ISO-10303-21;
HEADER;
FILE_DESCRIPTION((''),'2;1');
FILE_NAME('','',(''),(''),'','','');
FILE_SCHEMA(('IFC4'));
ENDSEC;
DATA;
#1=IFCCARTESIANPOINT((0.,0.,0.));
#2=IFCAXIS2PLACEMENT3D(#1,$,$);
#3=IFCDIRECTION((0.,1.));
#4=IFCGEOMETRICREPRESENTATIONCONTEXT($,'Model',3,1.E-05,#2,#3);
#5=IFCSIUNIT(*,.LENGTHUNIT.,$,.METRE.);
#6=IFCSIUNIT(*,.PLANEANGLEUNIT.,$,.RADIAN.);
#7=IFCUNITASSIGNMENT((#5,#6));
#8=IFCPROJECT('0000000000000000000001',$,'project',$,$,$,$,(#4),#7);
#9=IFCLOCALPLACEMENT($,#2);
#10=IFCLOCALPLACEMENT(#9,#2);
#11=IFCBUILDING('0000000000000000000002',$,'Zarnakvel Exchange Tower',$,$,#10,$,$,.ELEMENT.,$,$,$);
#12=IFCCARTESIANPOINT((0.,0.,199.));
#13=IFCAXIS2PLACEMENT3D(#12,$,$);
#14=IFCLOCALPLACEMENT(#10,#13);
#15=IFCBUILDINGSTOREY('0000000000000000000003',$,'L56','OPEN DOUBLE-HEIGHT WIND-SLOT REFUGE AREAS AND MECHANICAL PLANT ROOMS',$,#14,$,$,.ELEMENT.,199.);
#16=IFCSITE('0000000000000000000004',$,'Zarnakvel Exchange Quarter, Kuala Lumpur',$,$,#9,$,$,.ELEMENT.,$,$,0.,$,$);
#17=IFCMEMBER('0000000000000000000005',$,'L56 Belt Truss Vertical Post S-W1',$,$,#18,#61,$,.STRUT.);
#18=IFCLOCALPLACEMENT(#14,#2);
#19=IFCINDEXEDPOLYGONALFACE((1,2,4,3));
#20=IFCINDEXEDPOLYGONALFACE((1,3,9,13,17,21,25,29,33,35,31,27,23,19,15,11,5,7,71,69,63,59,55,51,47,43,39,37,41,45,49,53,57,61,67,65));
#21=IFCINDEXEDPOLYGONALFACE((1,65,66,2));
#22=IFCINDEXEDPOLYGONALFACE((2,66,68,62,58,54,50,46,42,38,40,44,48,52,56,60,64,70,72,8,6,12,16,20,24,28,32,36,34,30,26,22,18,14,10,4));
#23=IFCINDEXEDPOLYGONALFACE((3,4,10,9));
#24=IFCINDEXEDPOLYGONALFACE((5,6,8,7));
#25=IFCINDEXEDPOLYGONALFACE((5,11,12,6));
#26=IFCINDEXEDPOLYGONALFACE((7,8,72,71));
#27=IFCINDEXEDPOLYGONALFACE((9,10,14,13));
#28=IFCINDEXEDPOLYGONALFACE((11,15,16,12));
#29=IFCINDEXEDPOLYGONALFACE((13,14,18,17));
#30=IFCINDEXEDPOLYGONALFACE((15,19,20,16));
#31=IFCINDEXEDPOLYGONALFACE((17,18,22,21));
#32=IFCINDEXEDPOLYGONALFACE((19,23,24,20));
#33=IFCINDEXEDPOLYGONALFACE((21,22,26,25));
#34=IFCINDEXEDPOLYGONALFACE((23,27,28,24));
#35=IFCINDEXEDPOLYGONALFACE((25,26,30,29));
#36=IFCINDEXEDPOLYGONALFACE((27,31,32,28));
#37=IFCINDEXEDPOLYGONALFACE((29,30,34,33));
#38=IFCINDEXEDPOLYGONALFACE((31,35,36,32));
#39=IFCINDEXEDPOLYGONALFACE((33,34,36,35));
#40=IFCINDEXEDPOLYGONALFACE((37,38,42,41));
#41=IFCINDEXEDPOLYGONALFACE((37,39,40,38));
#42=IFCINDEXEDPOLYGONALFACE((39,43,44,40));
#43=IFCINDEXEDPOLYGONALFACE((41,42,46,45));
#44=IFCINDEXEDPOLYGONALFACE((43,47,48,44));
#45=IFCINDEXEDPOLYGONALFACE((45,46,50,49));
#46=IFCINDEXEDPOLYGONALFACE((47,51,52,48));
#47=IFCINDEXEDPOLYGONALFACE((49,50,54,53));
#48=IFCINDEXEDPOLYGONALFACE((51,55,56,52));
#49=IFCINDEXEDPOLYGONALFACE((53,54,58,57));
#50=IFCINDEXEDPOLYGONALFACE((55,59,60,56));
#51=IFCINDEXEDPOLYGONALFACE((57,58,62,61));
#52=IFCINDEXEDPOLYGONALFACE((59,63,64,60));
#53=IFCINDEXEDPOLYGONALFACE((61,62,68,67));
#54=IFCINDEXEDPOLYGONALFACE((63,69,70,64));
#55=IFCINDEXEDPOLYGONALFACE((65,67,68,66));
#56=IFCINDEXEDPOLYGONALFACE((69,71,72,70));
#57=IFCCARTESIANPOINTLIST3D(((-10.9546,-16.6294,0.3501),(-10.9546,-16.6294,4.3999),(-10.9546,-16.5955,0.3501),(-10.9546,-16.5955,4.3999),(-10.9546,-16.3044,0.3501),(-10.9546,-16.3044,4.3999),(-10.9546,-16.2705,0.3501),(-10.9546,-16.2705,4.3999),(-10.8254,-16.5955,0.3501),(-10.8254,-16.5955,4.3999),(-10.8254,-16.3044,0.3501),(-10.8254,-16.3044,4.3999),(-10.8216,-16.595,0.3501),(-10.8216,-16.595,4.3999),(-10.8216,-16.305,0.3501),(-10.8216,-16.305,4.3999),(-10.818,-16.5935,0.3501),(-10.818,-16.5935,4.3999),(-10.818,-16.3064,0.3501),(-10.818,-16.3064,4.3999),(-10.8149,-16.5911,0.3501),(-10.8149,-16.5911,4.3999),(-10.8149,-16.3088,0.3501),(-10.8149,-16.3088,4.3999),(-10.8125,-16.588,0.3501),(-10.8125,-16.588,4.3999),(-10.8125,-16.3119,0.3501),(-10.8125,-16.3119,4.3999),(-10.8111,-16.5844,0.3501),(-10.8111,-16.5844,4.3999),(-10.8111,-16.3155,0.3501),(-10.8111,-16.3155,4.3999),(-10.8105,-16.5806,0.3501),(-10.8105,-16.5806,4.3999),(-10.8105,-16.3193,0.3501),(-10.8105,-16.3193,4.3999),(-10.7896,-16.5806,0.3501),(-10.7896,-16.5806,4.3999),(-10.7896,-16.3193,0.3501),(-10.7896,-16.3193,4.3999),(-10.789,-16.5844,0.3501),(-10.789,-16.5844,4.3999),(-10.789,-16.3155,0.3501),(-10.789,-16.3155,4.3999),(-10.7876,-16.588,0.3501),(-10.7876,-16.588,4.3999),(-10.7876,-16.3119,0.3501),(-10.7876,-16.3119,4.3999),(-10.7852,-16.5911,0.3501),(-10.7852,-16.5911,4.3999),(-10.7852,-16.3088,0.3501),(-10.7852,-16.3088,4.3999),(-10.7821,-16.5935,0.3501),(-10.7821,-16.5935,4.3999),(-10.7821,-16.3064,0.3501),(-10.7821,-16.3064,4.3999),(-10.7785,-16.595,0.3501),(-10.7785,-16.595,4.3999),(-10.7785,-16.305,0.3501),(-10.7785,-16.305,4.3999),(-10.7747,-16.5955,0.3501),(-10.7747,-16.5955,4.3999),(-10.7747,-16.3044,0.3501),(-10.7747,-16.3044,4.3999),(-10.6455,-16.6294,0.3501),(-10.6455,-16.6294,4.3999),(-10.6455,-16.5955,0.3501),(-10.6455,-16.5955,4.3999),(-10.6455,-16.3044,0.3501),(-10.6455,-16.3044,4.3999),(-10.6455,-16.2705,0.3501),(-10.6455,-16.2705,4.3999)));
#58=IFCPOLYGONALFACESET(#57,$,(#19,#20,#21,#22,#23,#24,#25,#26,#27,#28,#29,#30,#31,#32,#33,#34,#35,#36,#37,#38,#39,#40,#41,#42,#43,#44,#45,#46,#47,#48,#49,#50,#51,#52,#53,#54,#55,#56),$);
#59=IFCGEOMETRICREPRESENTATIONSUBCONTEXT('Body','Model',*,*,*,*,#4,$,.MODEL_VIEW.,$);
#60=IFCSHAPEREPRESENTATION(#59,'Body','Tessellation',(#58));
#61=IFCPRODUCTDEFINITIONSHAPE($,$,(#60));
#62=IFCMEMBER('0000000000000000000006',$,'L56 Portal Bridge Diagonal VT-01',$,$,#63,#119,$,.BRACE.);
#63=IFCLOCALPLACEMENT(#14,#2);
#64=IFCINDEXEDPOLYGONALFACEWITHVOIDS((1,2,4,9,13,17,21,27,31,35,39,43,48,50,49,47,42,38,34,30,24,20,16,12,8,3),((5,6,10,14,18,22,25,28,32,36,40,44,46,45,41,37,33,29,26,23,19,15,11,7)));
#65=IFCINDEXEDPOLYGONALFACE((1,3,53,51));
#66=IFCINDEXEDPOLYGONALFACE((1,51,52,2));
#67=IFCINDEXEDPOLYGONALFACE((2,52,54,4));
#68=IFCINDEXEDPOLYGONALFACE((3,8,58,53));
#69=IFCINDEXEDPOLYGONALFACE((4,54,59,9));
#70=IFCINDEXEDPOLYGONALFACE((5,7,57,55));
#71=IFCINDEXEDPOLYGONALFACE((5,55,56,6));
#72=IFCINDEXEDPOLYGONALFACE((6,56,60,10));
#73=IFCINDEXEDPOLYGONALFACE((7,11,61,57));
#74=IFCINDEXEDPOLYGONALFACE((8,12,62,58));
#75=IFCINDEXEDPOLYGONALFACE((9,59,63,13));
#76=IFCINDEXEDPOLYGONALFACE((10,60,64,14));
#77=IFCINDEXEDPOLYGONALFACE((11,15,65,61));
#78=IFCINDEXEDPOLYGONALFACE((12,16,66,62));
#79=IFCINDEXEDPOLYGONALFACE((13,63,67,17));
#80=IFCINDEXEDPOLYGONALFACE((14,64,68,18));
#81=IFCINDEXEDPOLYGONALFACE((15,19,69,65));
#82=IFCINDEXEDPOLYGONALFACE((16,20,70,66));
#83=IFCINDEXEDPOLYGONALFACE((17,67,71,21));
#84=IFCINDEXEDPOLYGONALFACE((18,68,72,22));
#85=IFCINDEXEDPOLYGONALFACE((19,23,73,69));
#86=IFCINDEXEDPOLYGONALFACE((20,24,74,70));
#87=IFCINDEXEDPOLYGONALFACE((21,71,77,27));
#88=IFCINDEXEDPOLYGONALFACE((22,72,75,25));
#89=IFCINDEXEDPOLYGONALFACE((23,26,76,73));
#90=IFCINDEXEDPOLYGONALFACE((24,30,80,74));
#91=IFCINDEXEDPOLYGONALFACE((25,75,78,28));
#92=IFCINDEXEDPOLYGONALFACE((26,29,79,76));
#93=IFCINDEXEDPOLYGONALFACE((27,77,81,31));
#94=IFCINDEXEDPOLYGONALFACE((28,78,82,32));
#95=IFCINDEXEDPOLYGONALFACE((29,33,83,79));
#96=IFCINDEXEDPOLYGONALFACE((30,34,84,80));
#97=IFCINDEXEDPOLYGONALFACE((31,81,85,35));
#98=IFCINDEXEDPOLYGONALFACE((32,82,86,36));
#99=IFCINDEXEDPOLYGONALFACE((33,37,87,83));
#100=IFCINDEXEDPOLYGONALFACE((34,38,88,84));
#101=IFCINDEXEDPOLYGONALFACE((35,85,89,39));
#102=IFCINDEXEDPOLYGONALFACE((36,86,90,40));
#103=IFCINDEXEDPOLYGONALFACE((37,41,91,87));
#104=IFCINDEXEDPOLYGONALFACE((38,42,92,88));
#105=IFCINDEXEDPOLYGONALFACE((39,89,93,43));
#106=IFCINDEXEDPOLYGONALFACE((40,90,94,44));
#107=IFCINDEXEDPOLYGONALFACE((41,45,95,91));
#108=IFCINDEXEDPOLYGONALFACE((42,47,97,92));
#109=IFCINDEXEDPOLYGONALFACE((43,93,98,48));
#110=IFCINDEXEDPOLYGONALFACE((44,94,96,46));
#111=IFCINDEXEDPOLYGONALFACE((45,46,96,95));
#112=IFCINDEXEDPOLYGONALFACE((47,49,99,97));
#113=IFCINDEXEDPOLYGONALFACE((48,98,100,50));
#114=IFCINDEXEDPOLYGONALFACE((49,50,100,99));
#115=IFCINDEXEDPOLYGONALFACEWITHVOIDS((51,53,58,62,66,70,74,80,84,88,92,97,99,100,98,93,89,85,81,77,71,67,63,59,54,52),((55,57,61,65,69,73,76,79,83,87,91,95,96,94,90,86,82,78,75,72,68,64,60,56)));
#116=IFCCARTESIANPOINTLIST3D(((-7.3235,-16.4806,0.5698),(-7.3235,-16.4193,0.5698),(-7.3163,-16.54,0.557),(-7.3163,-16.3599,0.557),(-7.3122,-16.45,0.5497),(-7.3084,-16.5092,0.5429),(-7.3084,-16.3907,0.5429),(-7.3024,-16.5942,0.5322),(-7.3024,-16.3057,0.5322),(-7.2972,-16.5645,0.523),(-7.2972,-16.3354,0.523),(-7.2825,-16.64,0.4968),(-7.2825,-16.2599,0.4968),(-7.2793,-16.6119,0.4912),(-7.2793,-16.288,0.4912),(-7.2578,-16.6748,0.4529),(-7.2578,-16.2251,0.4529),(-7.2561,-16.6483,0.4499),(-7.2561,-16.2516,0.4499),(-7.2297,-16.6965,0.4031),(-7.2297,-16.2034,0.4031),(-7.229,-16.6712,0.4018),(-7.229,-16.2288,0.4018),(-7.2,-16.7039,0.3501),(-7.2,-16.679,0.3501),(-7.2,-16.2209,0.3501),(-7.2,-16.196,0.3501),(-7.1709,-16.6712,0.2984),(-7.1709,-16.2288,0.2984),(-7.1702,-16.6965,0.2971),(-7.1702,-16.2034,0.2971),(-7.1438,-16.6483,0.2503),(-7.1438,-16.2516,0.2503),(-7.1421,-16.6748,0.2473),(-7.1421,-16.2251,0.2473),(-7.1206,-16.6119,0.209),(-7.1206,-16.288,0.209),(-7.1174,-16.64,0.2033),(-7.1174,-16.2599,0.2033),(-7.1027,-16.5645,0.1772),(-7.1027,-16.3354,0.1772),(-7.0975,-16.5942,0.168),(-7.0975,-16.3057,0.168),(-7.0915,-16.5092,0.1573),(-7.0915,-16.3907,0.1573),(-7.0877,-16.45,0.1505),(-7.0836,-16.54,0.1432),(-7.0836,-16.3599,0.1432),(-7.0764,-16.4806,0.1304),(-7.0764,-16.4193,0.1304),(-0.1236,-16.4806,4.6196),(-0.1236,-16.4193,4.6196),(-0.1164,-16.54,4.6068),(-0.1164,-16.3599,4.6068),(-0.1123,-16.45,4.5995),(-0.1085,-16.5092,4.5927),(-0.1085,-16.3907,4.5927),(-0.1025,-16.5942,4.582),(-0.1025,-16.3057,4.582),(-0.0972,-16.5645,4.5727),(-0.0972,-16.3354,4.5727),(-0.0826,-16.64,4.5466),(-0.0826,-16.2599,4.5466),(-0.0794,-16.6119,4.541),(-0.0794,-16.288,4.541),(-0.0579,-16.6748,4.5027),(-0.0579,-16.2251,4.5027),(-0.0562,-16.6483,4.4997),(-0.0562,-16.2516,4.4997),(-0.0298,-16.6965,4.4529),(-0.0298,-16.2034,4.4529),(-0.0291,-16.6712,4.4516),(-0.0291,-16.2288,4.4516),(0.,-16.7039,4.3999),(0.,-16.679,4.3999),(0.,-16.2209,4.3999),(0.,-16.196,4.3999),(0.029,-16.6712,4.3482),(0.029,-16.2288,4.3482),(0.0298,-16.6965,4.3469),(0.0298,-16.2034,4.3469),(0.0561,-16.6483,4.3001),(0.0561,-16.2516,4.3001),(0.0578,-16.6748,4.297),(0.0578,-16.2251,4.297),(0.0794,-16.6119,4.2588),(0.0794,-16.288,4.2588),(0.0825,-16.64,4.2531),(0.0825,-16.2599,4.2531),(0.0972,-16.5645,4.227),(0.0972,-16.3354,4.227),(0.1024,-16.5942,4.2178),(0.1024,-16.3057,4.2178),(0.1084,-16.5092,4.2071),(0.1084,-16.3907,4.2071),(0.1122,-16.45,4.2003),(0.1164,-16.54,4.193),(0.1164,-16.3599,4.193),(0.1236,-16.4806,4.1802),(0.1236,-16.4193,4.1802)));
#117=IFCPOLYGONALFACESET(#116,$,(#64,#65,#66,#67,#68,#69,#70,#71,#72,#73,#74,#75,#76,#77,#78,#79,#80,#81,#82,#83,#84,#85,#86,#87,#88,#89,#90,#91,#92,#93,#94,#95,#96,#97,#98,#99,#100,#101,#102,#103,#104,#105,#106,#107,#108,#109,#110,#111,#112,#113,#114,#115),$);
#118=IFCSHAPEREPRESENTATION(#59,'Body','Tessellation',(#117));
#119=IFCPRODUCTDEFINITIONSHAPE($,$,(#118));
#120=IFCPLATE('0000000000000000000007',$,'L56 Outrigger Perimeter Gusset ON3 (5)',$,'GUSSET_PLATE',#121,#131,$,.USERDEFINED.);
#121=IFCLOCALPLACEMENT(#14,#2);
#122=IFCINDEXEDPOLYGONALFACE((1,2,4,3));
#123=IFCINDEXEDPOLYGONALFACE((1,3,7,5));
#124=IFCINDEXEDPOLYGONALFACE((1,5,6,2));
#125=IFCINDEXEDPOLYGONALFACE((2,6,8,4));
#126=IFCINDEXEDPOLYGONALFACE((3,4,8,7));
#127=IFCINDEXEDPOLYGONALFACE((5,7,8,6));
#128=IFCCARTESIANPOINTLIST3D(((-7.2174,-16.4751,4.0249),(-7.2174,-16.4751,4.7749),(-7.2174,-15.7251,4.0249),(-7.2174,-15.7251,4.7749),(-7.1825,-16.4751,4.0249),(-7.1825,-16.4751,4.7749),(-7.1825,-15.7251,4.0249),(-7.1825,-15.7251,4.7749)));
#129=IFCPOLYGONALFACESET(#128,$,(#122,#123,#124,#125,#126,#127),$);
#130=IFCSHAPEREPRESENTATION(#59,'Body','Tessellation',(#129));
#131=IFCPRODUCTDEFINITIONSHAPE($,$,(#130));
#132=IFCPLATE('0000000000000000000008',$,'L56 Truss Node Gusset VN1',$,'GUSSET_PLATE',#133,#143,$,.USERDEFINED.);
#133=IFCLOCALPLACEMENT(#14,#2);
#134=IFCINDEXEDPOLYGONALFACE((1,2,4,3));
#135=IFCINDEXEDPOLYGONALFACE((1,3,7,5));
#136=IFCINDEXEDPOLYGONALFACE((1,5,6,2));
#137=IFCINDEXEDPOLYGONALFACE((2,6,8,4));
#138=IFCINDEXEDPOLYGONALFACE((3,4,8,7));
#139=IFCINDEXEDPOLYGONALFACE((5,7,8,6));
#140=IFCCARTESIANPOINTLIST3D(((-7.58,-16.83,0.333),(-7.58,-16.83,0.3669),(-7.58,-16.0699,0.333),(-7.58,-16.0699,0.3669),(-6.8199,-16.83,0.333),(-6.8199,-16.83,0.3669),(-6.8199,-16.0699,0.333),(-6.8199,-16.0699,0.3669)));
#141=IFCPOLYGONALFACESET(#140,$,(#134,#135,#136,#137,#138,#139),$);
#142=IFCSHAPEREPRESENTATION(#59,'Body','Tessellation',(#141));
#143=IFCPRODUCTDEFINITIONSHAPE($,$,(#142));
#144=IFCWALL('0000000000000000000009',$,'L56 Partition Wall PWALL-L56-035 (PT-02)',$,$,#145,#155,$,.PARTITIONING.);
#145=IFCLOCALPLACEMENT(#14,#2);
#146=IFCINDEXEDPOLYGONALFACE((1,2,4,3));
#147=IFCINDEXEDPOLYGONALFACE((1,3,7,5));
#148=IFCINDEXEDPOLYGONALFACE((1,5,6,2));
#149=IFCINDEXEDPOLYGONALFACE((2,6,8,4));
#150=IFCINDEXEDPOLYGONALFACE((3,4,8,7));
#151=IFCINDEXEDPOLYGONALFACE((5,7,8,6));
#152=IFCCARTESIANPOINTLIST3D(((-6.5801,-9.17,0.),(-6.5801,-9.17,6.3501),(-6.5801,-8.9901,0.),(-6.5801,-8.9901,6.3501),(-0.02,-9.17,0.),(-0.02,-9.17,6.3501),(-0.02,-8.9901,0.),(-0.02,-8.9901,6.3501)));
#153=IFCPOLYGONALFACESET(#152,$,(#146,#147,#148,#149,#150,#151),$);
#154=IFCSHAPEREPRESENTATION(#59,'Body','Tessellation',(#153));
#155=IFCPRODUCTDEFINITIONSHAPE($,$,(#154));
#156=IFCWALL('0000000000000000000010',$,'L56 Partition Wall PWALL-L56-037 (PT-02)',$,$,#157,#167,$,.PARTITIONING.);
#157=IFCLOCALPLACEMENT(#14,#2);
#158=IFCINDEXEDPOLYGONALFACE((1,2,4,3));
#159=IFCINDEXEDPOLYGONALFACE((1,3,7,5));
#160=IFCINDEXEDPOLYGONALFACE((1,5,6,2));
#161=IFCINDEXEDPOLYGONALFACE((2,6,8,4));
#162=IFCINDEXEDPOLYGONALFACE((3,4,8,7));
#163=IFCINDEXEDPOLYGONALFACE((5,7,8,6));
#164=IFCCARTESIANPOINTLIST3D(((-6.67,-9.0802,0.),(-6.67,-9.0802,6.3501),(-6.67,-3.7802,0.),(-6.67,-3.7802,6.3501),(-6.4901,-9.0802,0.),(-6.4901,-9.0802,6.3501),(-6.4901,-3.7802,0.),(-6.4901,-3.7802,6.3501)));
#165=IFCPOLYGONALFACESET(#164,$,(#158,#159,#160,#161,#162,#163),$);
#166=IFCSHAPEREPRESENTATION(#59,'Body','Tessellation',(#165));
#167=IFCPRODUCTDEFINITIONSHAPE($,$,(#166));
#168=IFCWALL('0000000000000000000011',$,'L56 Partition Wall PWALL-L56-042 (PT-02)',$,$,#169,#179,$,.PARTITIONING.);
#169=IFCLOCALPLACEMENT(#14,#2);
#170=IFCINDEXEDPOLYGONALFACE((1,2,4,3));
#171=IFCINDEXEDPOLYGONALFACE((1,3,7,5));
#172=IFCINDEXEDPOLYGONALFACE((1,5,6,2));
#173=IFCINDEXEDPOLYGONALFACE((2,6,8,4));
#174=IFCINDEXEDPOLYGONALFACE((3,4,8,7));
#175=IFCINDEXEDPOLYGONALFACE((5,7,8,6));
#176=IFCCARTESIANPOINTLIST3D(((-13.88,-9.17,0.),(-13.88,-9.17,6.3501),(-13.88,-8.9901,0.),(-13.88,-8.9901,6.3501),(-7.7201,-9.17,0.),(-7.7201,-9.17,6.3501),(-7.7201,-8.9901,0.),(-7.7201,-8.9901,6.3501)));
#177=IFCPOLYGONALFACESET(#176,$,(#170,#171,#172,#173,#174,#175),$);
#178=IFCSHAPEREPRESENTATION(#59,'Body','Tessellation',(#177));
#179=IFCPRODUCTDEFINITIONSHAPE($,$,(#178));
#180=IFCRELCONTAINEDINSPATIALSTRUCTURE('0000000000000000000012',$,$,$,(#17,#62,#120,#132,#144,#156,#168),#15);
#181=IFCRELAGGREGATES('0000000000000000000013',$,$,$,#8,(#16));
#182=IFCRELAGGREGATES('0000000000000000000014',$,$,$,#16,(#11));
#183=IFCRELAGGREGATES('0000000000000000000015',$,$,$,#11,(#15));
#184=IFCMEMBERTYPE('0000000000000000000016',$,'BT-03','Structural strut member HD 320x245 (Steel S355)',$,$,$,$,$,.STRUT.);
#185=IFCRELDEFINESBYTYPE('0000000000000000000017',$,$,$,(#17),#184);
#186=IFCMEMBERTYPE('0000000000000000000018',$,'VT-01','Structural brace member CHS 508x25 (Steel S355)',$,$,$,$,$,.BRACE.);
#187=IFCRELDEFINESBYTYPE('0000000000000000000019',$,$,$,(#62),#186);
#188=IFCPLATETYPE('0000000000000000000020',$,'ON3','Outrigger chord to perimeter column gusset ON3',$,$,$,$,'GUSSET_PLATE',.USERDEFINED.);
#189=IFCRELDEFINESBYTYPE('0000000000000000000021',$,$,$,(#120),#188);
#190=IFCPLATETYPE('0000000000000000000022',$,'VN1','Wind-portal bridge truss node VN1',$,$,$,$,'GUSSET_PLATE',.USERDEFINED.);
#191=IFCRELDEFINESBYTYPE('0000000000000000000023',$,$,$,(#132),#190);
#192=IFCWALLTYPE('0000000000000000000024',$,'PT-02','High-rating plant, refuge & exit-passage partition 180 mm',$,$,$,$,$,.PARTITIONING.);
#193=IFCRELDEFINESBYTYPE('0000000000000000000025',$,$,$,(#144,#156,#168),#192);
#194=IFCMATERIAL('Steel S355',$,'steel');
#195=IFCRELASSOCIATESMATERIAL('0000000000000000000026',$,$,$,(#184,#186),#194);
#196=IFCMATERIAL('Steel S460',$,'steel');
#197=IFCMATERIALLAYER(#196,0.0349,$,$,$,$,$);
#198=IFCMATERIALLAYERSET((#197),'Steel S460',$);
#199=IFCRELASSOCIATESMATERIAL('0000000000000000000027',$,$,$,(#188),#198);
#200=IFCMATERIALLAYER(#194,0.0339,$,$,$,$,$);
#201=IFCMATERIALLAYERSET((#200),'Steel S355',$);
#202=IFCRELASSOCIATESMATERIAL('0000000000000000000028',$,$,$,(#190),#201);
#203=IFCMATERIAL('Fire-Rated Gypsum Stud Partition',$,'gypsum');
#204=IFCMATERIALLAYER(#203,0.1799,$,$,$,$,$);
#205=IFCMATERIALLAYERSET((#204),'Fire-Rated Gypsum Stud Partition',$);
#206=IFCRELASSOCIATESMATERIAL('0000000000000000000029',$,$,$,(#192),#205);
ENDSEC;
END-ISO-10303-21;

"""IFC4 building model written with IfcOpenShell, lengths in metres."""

from ifc_helpers import new_model, si_unit, direction, frame, frame_2d, origin, origin_2d, place, context, subcontext, project, spatial, rectangle, hollow_circle, i_section, extrude, source, transform, mapped, material, layer, layer_set, material_profile, profile_set, type_object, element, save


model = new_model("IFC4")

# Units and contexts
model_context = context("Model", 3, precision=1e-05, world=origin(), true_north=direction((0.0, 1.0)))
body_context = subcontext(model_context, "Body", "Model", "MODEL_VIEW")
ifc_project = project(units=[si_unit("LENGTHUNIT", "METRE"), si_unit("PLANEANGLEUNIT", "RADIAN")], contexts=[model_context])

# Site, building, storey
site_placement = place(None, origin())
site = spatial("IfcSite", under=ifc_project, at=site_placement, Name="Zarnakvel Exchange Quarter, Kuala Lumpur", CompositionType="ELEMENT", RefElevation=0.0)
building_placement = place(site_placement, origin())
building = spatial("IfcBuilding", under=site, at=building_placement, Name="Zarnakvel Exchange Tower", CompositionType="ELEMENT")
storey_placement = place(building_placement, frame((0.0, 0.0, 199.0)))
storey = spatial("IfcBuildingStorey", under=building, at=storey_placement, Name="L56", Description="OPEN DOUBLE-HEIGHT WIND-SLOT REFUGE AREAS AND MECHANICAL PLANT ROOMS", CompositionType="ELEMENT", Elevation=199.0)

# Shared definitions
ifc_material_1 = material(Name="Steel S355", Category="steel")
ifc_material_2 = material(Name="Steel S460", Category="steel")

# Members
ifc_material_profile_1 = material_profile(ifc_material_1, i_section(OverallWidth=0.3091, OverallDepth=0.3589, WebThickness=0.021, FlangeThickness=0.0339, FilletRadius=0.0149, at=origin_2d()))
ifc_profile_set_1 = profile_set([ifc_material_profile_1], Name="Steel S355")
member_type_1 = type_object("IfcMemberType", Name="BT-03", Description="Structural strut member HD 320x245 (Steel S355)", PredefinedType="STRUT", material=ifc_profile_set_1)
shared_shape_1 = source(origin(), body_context, "Body", "SweptSolid", [
    extrude(i_section(OverallWidth=0.3091, OverallDepth=0.3589, WebThickness=0.021, FlangeThickness=0.0339, FilletRadius=0.0149, at=origin_2d()), origin(), (0.0, 0.0, 1.0), 4.0498),
])
member_1_placement = place(storey_placement, frame((-10.8, -16.45, 0.3501), z_axis=(0.0, 0.0, 1.0), x_axis=(1.0, 0.0, 0.0)))
element("IfcMember", 1, at=member_1_placement, inside=storey, type_object=member_type_1, Name="L56 Belt Truss Vertical Post S-W1", PredefinedType="STRUT", context=body_context, shape_type="MappedRepresentation", body=[
    mapped(shared_shape_1, transform((0.0, 0.0, 0.0), x_axis=(1.0, 0.0, 0.0), y_axis=(0.0, 1.0, 0.0), z_axis=(0.0, 0.0, 1.0), scale=1.0)),
])
ifc_material_profile_2 = material_profile(ifc_material_1, hollow_circle(Radius=0.2539, WallThickness=0.0249, at=origin_2d()))
ifc_profile_set_2 = profile_set([ifc_material_profile_2], Name="Steel S355")
member_type_2 = type_object("IfcMemberType", Name="VT-01", Description="Structural brace member CHS 508x25 (Steel S355)", PredefinedType="BRACE", material=ifc_profile_set_2)
shared_shape_2 = source(origin(), body_context, "Body", "SweptSolid", [
    extrude(hollow_circle(Radius=0.2539, WallThickness=0.0249, at=origin_2d()), origin(), (0.0, 0.0, 1.0), 8.2607),
])
member_2_placement = place(storey_placement, frame((-7.2, -16.45, 0.3501), z_axis=(0.871584, 0.0, 0.490246), x_axis=(0.0, 1.0, 0.0)))
element("IfcMember", 2, at=member_2_placement, inside=storey, type_object=member_type_2, Name="L56 Portal Bridge Diagonal VT-01", PredefinedType="BRACE", context=body_context, shape_type="MappedRepresentation", body=[
    mapped(shared_shape_2, transform((0.0, 0.0, 0.0), x_axis=(1.0, 0.0, 0.0), y_axis=(0.0, 1.0, 0.0), z_axis=(0.0, 0.0, 1.0), scale=1.0)),
])

# Plates
ifc_layer_1 = layer(ifc_material_2, 0.0349)
ifc_layer_set_1 = layer_set([ifc_layer_1], Name="Steel S460")
plate_type_1 = type_object("IfcPlateType", Name="ON3", Description="Outrigger chord to perimeter column gusset ON3", ElementType="GUSSET_PLATE", PredefinedType="USERDEFINED", material=ifc_layer_set_1)
shared_shape_3 = source(origin(), body_context, "Body", "SweptSolid", [
    extrude(rectangle(XDim=0.0349, YDim=0.75, at=origin_2d()), origin(), (0.0, 0.0, 1.0), 0.75),
])
plate_1_placement = place(storey_placement, frame((-7.2, -16.1001, 4.0249), z_axis=(0.0, 0.0, 1.0), x_axis=(1.0, 0.0, 0.0)))
element("IfcPlate", 3, at=plate_1_placement, inside=storey, type_object=plate_type_1, Name="L56 Outrigger Perimeter Gusset ON3 (5)", ObjectType="GUSSET_PLATE", PredefinedType="USERDEFINED", context=body_context, shape_type="MappedRepresentation", body=[
    mapped(shared_shape_3, transform((0.0, 0.0, 0.0), x_axis=(1.0, 0.0, 0.0), y_axis=(0.0, 1.0, 0.0), z_axis=(0.0, 0.0, 1.0), scale=1.0)),
])
ifc_layer_2 = layer(ifc_material_1, 0.0339)
ifc_layer_set_2 = layer_set([ifc_layer_2], Name="Steel S355")
plate_type_2 = type_object("IfcPlateType", Name="VN1", Description="Wind-portal bridge truss node VN1", ElementType="GUSSET_PLATE", PredefinedType="USERDEFINED", material=ifc_layer_set_2)
shared_shape_4 = source(origin(), body_context, "Body", "SweptSolid", [
    extrude(rectangle(XDim=0.76, YDim=0.76, at=origin_2d()), origin(), (0.0, 0.0, 1.0), 0.0339),
])
plate_2_placement = place(storey_placement, frame((-7.2, -16.45, 0.333), z_axis=(0.0, 0.0, 1.0), x_axis=(1.0, 0.0, 0.0)))
element("IfcPlate", 4, at=plate_2_placement, inside=storey, type_object=plate_type_2, Name="L56 Truss Node Gusset VN1", ObjectType="GUSSET_PLATE", PredefinedType="USERDEFINED", context=body_context, shape_type="MappedRepresentation", body=[
    mapped(shared_shape_4, transform((0.0, 0.0, 0.0), x_axis=(1.0, 0.0, 0.0), y_axis=(0.0, 1.0, 0.0), z_axis=(0.0, 0.0, 1.0), scale=1.0)),
])

# Walls
ifc_material_3 = material(Name="Fire-Rated Gypsum Stud Partition", Category="gypsum")
ifc_layer_3 = layer(ifc_material_3, 0.1799)
ifc_layer_set_3 = layer_set([ifc_layer_3], Name="Fire-Rated Gypsum Stud Partition")
wall_type = type_object("IfcWallType", Name="PT-02", Description="High-rating plant, refuge & exit-passage partition 180 mm", PredefinedType="PARTITIONING", material=ifc_layer_set_3)
wall_1_placement = place(storey_placement, frame((-0.02, -9.0801, 0.0), z_axis=(0.0, 0.0, 1.0), x_axis=(-1.0, 0.0, 0.0)))
element("IfcWall", 5, at=wall_1_placement, inside=storey, type_object=wall_type, Name="L56 Partition Wall PWALL-L56-035 (PT-02)", PredefinedType="PARTITIONING", context=body_context, shape_type="SweptSolid", body=[
    extrude(rectangle(XDim=6.5601, YDim=0.1799, at=frame_2d((3.28, 0.0))), origin(), (0.0, 0.0, 1.0), 6.3501),
])
wall_2_placement = place(storey_placement, frame((-6.5801, -9.0801, 0.0), z_axis=(0.0, 0.0, 1.0), x_axis=(0.0, 1.0, 0.0)))
element("IfcWall", 6, at=wall_2_placement, inside=storey, type_object=wall_type, Name="L56 Partition Wall PWALL-L56-037 (PT-02)", PredefinedType="PARTITIONING", context=body_context, shape_type="SweptSolid", body=[
    extrude(rectangle(XDim=5.3, YDim=0.1799, at=frame_2d((2.6499, 0.0))), origin(), (0.0, 0.0, 1.0), 6.3501),
])
wall_3_placement = place(storey_placement, frame((-7.72, -9.0801, 0.0), z_axis=(0.0, 0.0, 1.0), x_axis=(-1.0, 0.0, 0.0)))
element("IfcWall", 7, at=wall_3_placement, inside=storey, type_object=wall_type, Name="L56 Partition Wall PWALL-L56-042 (PT-02)", PredefinedType="PARTITIONING", context=body_context, shape_type="SweptSolid", body=[
    extrude(rectangle(XDim=6.1599, YDim=0.1799, at=frame_2d((3.0801, 0.0))), origin(), (0.0, 0.0, 1.0), 6.3501),
])

save(model, "model.ifc")
